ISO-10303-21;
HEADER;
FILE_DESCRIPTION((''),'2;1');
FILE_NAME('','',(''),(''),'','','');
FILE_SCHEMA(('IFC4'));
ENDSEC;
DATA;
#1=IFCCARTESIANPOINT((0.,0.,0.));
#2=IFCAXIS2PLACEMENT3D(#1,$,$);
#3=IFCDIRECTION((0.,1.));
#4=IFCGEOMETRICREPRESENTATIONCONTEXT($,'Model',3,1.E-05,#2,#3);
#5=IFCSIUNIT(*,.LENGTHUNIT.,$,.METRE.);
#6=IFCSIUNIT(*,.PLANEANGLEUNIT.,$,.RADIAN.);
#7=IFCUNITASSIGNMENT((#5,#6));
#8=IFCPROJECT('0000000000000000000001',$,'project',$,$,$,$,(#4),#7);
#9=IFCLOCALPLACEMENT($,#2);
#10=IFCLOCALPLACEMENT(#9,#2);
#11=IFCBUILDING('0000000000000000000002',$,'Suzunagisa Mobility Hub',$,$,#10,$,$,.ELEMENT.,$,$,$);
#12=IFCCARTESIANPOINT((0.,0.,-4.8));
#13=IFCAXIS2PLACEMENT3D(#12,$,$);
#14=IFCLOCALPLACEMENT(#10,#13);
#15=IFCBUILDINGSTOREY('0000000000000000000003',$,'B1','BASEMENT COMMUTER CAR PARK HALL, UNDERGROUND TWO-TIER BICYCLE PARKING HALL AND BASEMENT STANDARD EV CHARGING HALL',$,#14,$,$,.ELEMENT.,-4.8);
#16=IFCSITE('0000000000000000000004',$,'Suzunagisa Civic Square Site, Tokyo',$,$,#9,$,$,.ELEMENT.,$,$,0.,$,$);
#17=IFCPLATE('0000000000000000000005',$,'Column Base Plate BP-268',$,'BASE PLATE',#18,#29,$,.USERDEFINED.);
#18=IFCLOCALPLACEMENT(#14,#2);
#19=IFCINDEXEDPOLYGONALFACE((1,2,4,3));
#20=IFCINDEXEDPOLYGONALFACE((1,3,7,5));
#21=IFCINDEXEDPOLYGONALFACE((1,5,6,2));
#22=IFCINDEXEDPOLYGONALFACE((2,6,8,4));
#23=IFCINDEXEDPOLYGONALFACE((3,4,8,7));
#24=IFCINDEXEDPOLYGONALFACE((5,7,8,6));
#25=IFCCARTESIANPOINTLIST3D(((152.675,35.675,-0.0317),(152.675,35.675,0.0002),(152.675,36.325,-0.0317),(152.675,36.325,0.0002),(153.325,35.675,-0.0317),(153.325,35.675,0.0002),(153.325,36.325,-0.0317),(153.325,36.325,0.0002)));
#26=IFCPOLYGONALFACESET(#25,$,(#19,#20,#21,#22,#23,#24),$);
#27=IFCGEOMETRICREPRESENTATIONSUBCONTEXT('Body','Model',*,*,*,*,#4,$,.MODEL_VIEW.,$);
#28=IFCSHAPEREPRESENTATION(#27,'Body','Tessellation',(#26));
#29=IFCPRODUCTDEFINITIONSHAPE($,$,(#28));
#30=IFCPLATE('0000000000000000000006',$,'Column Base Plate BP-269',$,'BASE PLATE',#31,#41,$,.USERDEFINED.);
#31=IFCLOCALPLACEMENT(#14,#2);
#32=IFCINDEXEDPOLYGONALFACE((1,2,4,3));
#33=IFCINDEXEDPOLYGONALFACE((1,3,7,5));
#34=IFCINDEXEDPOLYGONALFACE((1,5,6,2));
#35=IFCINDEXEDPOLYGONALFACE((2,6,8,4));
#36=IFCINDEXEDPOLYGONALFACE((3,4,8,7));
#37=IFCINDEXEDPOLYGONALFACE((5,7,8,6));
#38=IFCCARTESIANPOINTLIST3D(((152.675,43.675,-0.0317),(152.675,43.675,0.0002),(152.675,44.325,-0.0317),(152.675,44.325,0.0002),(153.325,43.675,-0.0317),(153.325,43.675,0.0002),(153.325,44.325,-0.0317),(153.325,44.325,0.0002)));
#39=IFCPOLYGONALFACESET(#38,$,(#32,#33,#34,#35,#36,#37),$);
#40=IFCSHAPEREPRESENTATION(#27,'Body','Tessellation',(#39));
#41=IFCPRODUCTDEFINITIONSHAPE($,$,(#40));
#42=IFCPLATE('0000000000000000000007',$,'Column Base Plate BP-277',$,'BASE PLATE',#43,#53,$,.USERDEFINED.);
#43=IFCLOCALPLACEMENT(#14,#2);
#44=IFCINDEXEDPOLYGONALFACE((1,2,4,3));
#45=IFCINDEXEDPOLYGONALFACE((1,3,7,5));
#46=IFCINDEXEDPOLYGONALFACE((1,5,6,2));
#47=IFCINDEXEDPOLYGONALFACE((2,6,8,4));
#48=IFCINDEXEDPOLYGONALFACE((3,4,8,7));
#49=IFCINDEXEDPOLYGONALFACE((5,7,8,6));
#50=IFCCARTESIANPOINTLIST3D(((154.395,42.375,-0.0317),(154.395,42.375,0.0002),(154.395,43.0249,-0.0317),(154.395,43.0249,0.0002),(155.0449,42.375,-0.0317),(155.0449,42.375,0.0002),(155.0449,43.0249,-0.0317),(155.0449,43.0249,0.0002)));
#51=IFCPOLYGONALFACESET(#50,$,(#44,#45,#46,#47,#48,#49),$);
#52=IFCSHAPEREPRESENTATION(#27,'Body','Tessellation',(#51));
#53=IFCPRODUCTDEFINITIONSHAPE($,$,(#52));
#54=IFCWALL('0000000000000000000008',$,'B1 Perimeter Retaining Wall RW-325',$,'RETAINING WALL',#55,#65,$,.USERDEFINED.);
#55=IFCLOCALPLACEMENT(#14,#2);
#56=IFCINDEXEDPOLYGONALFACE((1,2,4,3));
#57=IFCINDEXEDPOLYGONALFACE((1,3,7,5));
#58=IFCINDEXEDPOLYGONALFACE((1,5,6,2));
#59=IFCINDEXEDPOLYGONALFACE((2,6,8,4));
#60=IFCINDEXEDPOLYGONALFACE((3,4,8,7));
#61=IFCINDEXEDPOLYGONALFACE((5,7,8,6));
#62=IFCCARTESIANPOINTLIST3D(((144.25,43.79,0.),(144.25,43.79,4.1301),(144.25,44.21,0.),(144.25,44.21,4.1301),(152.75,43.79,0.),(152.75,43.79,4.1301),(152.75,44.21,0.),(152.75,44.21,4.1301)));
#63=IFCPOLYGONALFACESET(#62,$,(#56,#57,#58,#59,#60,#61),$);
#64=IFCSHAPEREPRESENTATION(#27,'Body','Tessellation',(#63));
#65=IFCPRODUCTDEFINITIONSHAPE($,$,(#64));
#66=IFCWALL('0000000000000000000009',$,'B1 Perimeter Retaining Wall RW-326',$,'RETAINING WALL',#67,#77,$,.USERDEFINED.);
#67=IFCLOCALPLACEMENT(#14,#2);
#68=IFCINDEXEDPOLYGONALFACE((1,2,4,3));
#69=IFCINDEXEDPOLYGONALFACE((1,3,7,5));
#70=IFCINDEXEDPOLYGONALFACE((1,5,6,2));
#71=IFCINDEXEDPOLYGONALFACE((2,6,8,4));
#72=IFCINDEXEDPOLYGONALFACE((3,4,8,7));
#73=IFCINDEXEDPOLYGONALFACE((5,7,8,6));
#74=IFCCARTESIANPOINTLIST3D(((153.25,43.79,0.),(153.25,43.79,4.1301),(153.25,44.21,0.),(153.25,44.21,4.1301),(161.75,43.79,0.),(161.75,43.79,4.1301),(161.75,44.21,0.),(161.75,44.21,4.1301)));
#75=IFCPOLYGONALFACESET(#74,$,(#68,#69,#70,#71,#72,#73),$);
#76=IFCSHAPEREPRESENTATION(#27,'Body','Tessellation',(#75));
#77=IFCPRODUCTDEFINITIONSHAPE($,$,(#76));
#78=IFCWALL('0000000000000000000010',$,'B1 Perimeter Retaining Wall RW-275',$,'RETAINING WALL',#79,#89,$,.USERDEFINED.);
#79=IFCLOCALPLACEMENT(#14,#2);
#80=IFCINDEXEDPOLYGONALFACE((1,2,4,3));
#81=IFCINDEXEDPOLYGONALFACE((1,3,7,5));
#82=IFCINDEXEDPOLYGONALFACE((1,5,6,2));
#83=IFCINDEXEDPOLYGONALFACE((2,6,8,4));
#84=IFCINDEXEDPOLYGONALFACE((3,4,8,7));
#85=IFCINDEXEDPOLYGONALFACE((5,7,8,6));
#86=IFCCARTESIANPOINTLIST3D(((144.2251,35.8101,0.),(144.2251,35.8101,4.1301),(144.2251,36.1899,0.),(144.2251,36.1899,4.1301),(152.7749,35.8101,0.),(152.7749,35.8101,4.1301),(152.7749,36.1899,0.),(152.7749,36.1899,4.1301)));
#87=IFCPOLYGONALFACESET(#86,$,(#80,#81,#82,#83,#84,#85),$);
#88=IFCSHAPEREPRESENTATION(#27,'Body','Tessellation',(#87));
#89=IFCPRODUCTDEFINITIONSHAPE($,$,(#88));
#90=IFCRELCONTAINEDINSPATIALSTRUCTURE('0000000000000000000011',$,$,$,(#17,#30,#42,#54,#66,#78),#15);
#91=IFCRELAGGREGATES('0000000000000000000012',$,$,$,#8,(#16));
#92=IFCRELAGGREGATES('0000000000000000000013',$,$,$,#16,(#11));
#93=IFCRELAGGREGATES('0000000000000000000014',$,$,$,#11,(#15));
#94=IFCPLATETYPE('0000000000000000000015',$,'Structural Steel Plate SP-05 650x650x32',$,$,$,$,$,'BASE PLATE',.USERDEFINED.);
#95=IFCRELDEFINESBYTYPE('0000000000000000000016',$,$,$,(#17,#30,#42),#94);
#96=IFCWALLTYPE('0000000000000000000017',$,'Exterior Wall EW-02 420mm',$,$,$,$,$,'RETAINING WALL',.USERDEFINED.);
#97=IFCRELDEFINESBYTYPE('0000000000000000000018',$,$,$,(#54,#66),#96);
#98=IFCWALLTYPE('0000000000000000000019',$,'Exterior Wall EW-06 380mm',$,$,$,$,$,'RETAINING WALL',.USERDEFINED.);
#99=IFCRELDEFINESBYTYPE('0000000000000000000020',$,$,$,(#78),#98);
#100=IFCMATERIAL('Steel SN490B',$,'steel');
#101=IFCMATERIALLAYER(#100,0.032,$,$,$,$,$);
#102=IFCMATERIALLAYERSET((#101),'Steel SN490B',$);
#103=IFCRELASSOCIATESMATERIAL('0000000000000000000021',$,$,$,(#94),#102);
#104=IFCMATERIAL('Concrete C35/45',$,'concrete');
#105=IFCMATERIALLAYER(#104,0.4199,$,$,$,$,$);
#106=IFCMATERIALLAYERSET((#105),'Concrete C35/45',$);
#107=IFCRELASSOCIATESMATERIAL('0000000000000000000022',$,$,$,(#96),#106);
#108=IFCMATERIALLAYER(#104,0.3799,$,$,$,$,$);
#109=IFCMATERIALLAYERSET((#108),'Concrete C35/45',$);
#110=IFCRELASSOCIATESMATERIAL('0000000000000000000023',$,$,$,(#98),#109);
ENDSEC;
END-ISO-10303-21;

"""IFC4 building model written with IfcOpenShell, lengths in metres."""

from ifc_helpers import new_model, si_unit, direction, frame, frame_2d, origin, origin_2d, place, context, subcontext, project, spatial, rectangle, extrude, material, layer, layer_set, type_object, element, save


model = new_model("IFC4")

# Units and contexts
model_context = context("Model", 3, precision=1e-05, world=origin(), true_north=direction((0.0, 1.0)))
body_context = subcontext(model_context, "Body", "Model", "MODEL_VIEW")
ifc_project = project(units=[si_unit("LENGTHUNIT", "METRE"), si_unit("PLANEANGLEUNIT", "RADIAN")], contexts=[model_context])

# Site, building, storey
site_placement = place(None, origin())
site = spatial("IfcSite", under=ifc_project, at=site_placement, Name="Suzunagisa Civic Square Site, Tokyo", CompositionType="ELEMENT", RefElevation=0.0)
building_placement = place(site_placement, origin())
building = spatial("IfcBuilding", under=site, at=building_placement, Name="Suzunagisa Mobility Hub", CompositionType="ELEMENT")
storey_placement = place(building_placement, frame((0.0, 0.0, -4.8)))
storey = spatial("IfcBuildingStorey", under=building, at=storey_placement, Name="B1", Description="BASEMENT COMMUTER CAR PARK HALL, UNDERGROUND TWO-TIER BICYCLE PARKING HALL AND BASEMENT STANDARD EV CHARGING HALL", CompositionType="ELEMENT", Elevation=-4.8)

# Shared definitions
ifc_material_1 = material(Name="Steel SN490B", Category="steel")

# Plates
ifc_layer_1 = layer(ifc_material_1, 0.032)
ifc_layer_set_1 = layer_set([ifc_layer_1], Name="Steel SN490B")
plate_type = type_object("IfcPlateType", Name="Structural Steel Plate SP-05 650x650x32", ElementType="BASE PLATE", PredefinedType="USERDEFINED", material=ifc_layer_set_1)
for number, where, z_axis, x_axis, name in (
    (1, (153.0, 36.0, -0.0317), (0.0, 0.0, 1.0), (1.0, 0.0, 0.0), "Column Base Plate BP-268"),
    (2, (153.0, 44.0, -0.0317), (0.0, 0.0, 1.0), (1.0, 0.0, 0.0), "Column Base Plate BP-269"),
    (3, (154.72, 42.7, -0.0317), (0.0, 0.0, 1.0), (1.0, 0.0, 0.0), "Column Base Plate BP-277"),
):
    element("IfcPlate", number, at=place(storey_placement, frame(where, z_axis=z_axis, x_axis=x_axis)), inside=storey, type_object=plate_type, Name=name, ObjectType="BASE PLATE", PredefinedType="USERDEFINED", context=body_context, shape_type="SweptSolid", body=[
        extrude(rectangle(XDim=0.6499, YDim=0.6499, at=origin_2d()), origin(), (0.0, 0.0, 1.0), 0.032),
    ])

# Walls
ifc_material_2 = material(Name="Concrete C35/45", Category="concrete")
ifc_layer_2 = layer(ifc_material_2, 0.4199)
ifc_layer_set_2 = layer_set([ifc_layer_2], Name="Concrete C35/45")
wall_type_1 = type_object("IfcWallType", Name="Exterior Wall EW-02 420mm", ElementType="RETAINING WALL", PredefinedType="USERDEFINED", material=ifc_layer_set_2)
for number, where, z_axis, x_axis, name in (
    (4, (144.25, 44.0, 0.0), (0.0, 0.0, 1.0), (1.0, 0.0, 0.0), "B1 Perimeter Retaining Wall RW-325"),
    (5, (153.25, 44.0, 0.0), (0.0, 0.0, 1.0), (1.0, 0.0, 0.0), "B1 Perimeter Retaining Wall RW-326"),
):
    element("IfcWall", number, at=place(storey_placement, frame(where, z_axis=z_axis, x_axis=x_axis)), inside=storey, type_object=wall_type_1, Name=name, ObjectType="RETAINING WALL", PredefinedType="USERDEFINED", context=body_context, shape_type="SweptSolid", body=[
        extrude(rectangle(XDim=8.5, YDim=0.4199, at=frame_2d((4.25, 0.0))), origin(), (0.0, 0.0, 1.0), 4.1301),
    ])
ifc_layer_3 = layer(ifc_material_2, 0.3799)
ifc_layer_set_3 = layer_set([ifc_layer_3], Name="Concrete C35/45")
wall_type_2 = type_object("IfcWallType", Name="Exterior Wall EW-06 380mm", ElementType="RETAINING WALL", PredefinedType="USERDEFINED", material=ifc_layer_set_3)
wall_placement = place(storey_placement, frame((152.7749, 36.0, 0.0), z_axis=(0.0, 0.0, 1.0), x_axis=(-1.0, 0.0, 0.0)))
element("IfcWall", 6, at=wall_placement, inside=storey, type_object=wall_type_2, Name="B1 Perimeter Retaining Wall RW-275", ObjectType="RETAINING WALL", PredefinedType="USERDEFINED", context=body_context, shape_type="SweptSolid", body=[
    extrude(rectangle(XDim=8.5498, YDim=0.3799, at=frame_2d((4.2749, 0.0))), origin(), (0.0, 0.0, 1.0), 4.1301),
])

save(model, "model.ifc")
